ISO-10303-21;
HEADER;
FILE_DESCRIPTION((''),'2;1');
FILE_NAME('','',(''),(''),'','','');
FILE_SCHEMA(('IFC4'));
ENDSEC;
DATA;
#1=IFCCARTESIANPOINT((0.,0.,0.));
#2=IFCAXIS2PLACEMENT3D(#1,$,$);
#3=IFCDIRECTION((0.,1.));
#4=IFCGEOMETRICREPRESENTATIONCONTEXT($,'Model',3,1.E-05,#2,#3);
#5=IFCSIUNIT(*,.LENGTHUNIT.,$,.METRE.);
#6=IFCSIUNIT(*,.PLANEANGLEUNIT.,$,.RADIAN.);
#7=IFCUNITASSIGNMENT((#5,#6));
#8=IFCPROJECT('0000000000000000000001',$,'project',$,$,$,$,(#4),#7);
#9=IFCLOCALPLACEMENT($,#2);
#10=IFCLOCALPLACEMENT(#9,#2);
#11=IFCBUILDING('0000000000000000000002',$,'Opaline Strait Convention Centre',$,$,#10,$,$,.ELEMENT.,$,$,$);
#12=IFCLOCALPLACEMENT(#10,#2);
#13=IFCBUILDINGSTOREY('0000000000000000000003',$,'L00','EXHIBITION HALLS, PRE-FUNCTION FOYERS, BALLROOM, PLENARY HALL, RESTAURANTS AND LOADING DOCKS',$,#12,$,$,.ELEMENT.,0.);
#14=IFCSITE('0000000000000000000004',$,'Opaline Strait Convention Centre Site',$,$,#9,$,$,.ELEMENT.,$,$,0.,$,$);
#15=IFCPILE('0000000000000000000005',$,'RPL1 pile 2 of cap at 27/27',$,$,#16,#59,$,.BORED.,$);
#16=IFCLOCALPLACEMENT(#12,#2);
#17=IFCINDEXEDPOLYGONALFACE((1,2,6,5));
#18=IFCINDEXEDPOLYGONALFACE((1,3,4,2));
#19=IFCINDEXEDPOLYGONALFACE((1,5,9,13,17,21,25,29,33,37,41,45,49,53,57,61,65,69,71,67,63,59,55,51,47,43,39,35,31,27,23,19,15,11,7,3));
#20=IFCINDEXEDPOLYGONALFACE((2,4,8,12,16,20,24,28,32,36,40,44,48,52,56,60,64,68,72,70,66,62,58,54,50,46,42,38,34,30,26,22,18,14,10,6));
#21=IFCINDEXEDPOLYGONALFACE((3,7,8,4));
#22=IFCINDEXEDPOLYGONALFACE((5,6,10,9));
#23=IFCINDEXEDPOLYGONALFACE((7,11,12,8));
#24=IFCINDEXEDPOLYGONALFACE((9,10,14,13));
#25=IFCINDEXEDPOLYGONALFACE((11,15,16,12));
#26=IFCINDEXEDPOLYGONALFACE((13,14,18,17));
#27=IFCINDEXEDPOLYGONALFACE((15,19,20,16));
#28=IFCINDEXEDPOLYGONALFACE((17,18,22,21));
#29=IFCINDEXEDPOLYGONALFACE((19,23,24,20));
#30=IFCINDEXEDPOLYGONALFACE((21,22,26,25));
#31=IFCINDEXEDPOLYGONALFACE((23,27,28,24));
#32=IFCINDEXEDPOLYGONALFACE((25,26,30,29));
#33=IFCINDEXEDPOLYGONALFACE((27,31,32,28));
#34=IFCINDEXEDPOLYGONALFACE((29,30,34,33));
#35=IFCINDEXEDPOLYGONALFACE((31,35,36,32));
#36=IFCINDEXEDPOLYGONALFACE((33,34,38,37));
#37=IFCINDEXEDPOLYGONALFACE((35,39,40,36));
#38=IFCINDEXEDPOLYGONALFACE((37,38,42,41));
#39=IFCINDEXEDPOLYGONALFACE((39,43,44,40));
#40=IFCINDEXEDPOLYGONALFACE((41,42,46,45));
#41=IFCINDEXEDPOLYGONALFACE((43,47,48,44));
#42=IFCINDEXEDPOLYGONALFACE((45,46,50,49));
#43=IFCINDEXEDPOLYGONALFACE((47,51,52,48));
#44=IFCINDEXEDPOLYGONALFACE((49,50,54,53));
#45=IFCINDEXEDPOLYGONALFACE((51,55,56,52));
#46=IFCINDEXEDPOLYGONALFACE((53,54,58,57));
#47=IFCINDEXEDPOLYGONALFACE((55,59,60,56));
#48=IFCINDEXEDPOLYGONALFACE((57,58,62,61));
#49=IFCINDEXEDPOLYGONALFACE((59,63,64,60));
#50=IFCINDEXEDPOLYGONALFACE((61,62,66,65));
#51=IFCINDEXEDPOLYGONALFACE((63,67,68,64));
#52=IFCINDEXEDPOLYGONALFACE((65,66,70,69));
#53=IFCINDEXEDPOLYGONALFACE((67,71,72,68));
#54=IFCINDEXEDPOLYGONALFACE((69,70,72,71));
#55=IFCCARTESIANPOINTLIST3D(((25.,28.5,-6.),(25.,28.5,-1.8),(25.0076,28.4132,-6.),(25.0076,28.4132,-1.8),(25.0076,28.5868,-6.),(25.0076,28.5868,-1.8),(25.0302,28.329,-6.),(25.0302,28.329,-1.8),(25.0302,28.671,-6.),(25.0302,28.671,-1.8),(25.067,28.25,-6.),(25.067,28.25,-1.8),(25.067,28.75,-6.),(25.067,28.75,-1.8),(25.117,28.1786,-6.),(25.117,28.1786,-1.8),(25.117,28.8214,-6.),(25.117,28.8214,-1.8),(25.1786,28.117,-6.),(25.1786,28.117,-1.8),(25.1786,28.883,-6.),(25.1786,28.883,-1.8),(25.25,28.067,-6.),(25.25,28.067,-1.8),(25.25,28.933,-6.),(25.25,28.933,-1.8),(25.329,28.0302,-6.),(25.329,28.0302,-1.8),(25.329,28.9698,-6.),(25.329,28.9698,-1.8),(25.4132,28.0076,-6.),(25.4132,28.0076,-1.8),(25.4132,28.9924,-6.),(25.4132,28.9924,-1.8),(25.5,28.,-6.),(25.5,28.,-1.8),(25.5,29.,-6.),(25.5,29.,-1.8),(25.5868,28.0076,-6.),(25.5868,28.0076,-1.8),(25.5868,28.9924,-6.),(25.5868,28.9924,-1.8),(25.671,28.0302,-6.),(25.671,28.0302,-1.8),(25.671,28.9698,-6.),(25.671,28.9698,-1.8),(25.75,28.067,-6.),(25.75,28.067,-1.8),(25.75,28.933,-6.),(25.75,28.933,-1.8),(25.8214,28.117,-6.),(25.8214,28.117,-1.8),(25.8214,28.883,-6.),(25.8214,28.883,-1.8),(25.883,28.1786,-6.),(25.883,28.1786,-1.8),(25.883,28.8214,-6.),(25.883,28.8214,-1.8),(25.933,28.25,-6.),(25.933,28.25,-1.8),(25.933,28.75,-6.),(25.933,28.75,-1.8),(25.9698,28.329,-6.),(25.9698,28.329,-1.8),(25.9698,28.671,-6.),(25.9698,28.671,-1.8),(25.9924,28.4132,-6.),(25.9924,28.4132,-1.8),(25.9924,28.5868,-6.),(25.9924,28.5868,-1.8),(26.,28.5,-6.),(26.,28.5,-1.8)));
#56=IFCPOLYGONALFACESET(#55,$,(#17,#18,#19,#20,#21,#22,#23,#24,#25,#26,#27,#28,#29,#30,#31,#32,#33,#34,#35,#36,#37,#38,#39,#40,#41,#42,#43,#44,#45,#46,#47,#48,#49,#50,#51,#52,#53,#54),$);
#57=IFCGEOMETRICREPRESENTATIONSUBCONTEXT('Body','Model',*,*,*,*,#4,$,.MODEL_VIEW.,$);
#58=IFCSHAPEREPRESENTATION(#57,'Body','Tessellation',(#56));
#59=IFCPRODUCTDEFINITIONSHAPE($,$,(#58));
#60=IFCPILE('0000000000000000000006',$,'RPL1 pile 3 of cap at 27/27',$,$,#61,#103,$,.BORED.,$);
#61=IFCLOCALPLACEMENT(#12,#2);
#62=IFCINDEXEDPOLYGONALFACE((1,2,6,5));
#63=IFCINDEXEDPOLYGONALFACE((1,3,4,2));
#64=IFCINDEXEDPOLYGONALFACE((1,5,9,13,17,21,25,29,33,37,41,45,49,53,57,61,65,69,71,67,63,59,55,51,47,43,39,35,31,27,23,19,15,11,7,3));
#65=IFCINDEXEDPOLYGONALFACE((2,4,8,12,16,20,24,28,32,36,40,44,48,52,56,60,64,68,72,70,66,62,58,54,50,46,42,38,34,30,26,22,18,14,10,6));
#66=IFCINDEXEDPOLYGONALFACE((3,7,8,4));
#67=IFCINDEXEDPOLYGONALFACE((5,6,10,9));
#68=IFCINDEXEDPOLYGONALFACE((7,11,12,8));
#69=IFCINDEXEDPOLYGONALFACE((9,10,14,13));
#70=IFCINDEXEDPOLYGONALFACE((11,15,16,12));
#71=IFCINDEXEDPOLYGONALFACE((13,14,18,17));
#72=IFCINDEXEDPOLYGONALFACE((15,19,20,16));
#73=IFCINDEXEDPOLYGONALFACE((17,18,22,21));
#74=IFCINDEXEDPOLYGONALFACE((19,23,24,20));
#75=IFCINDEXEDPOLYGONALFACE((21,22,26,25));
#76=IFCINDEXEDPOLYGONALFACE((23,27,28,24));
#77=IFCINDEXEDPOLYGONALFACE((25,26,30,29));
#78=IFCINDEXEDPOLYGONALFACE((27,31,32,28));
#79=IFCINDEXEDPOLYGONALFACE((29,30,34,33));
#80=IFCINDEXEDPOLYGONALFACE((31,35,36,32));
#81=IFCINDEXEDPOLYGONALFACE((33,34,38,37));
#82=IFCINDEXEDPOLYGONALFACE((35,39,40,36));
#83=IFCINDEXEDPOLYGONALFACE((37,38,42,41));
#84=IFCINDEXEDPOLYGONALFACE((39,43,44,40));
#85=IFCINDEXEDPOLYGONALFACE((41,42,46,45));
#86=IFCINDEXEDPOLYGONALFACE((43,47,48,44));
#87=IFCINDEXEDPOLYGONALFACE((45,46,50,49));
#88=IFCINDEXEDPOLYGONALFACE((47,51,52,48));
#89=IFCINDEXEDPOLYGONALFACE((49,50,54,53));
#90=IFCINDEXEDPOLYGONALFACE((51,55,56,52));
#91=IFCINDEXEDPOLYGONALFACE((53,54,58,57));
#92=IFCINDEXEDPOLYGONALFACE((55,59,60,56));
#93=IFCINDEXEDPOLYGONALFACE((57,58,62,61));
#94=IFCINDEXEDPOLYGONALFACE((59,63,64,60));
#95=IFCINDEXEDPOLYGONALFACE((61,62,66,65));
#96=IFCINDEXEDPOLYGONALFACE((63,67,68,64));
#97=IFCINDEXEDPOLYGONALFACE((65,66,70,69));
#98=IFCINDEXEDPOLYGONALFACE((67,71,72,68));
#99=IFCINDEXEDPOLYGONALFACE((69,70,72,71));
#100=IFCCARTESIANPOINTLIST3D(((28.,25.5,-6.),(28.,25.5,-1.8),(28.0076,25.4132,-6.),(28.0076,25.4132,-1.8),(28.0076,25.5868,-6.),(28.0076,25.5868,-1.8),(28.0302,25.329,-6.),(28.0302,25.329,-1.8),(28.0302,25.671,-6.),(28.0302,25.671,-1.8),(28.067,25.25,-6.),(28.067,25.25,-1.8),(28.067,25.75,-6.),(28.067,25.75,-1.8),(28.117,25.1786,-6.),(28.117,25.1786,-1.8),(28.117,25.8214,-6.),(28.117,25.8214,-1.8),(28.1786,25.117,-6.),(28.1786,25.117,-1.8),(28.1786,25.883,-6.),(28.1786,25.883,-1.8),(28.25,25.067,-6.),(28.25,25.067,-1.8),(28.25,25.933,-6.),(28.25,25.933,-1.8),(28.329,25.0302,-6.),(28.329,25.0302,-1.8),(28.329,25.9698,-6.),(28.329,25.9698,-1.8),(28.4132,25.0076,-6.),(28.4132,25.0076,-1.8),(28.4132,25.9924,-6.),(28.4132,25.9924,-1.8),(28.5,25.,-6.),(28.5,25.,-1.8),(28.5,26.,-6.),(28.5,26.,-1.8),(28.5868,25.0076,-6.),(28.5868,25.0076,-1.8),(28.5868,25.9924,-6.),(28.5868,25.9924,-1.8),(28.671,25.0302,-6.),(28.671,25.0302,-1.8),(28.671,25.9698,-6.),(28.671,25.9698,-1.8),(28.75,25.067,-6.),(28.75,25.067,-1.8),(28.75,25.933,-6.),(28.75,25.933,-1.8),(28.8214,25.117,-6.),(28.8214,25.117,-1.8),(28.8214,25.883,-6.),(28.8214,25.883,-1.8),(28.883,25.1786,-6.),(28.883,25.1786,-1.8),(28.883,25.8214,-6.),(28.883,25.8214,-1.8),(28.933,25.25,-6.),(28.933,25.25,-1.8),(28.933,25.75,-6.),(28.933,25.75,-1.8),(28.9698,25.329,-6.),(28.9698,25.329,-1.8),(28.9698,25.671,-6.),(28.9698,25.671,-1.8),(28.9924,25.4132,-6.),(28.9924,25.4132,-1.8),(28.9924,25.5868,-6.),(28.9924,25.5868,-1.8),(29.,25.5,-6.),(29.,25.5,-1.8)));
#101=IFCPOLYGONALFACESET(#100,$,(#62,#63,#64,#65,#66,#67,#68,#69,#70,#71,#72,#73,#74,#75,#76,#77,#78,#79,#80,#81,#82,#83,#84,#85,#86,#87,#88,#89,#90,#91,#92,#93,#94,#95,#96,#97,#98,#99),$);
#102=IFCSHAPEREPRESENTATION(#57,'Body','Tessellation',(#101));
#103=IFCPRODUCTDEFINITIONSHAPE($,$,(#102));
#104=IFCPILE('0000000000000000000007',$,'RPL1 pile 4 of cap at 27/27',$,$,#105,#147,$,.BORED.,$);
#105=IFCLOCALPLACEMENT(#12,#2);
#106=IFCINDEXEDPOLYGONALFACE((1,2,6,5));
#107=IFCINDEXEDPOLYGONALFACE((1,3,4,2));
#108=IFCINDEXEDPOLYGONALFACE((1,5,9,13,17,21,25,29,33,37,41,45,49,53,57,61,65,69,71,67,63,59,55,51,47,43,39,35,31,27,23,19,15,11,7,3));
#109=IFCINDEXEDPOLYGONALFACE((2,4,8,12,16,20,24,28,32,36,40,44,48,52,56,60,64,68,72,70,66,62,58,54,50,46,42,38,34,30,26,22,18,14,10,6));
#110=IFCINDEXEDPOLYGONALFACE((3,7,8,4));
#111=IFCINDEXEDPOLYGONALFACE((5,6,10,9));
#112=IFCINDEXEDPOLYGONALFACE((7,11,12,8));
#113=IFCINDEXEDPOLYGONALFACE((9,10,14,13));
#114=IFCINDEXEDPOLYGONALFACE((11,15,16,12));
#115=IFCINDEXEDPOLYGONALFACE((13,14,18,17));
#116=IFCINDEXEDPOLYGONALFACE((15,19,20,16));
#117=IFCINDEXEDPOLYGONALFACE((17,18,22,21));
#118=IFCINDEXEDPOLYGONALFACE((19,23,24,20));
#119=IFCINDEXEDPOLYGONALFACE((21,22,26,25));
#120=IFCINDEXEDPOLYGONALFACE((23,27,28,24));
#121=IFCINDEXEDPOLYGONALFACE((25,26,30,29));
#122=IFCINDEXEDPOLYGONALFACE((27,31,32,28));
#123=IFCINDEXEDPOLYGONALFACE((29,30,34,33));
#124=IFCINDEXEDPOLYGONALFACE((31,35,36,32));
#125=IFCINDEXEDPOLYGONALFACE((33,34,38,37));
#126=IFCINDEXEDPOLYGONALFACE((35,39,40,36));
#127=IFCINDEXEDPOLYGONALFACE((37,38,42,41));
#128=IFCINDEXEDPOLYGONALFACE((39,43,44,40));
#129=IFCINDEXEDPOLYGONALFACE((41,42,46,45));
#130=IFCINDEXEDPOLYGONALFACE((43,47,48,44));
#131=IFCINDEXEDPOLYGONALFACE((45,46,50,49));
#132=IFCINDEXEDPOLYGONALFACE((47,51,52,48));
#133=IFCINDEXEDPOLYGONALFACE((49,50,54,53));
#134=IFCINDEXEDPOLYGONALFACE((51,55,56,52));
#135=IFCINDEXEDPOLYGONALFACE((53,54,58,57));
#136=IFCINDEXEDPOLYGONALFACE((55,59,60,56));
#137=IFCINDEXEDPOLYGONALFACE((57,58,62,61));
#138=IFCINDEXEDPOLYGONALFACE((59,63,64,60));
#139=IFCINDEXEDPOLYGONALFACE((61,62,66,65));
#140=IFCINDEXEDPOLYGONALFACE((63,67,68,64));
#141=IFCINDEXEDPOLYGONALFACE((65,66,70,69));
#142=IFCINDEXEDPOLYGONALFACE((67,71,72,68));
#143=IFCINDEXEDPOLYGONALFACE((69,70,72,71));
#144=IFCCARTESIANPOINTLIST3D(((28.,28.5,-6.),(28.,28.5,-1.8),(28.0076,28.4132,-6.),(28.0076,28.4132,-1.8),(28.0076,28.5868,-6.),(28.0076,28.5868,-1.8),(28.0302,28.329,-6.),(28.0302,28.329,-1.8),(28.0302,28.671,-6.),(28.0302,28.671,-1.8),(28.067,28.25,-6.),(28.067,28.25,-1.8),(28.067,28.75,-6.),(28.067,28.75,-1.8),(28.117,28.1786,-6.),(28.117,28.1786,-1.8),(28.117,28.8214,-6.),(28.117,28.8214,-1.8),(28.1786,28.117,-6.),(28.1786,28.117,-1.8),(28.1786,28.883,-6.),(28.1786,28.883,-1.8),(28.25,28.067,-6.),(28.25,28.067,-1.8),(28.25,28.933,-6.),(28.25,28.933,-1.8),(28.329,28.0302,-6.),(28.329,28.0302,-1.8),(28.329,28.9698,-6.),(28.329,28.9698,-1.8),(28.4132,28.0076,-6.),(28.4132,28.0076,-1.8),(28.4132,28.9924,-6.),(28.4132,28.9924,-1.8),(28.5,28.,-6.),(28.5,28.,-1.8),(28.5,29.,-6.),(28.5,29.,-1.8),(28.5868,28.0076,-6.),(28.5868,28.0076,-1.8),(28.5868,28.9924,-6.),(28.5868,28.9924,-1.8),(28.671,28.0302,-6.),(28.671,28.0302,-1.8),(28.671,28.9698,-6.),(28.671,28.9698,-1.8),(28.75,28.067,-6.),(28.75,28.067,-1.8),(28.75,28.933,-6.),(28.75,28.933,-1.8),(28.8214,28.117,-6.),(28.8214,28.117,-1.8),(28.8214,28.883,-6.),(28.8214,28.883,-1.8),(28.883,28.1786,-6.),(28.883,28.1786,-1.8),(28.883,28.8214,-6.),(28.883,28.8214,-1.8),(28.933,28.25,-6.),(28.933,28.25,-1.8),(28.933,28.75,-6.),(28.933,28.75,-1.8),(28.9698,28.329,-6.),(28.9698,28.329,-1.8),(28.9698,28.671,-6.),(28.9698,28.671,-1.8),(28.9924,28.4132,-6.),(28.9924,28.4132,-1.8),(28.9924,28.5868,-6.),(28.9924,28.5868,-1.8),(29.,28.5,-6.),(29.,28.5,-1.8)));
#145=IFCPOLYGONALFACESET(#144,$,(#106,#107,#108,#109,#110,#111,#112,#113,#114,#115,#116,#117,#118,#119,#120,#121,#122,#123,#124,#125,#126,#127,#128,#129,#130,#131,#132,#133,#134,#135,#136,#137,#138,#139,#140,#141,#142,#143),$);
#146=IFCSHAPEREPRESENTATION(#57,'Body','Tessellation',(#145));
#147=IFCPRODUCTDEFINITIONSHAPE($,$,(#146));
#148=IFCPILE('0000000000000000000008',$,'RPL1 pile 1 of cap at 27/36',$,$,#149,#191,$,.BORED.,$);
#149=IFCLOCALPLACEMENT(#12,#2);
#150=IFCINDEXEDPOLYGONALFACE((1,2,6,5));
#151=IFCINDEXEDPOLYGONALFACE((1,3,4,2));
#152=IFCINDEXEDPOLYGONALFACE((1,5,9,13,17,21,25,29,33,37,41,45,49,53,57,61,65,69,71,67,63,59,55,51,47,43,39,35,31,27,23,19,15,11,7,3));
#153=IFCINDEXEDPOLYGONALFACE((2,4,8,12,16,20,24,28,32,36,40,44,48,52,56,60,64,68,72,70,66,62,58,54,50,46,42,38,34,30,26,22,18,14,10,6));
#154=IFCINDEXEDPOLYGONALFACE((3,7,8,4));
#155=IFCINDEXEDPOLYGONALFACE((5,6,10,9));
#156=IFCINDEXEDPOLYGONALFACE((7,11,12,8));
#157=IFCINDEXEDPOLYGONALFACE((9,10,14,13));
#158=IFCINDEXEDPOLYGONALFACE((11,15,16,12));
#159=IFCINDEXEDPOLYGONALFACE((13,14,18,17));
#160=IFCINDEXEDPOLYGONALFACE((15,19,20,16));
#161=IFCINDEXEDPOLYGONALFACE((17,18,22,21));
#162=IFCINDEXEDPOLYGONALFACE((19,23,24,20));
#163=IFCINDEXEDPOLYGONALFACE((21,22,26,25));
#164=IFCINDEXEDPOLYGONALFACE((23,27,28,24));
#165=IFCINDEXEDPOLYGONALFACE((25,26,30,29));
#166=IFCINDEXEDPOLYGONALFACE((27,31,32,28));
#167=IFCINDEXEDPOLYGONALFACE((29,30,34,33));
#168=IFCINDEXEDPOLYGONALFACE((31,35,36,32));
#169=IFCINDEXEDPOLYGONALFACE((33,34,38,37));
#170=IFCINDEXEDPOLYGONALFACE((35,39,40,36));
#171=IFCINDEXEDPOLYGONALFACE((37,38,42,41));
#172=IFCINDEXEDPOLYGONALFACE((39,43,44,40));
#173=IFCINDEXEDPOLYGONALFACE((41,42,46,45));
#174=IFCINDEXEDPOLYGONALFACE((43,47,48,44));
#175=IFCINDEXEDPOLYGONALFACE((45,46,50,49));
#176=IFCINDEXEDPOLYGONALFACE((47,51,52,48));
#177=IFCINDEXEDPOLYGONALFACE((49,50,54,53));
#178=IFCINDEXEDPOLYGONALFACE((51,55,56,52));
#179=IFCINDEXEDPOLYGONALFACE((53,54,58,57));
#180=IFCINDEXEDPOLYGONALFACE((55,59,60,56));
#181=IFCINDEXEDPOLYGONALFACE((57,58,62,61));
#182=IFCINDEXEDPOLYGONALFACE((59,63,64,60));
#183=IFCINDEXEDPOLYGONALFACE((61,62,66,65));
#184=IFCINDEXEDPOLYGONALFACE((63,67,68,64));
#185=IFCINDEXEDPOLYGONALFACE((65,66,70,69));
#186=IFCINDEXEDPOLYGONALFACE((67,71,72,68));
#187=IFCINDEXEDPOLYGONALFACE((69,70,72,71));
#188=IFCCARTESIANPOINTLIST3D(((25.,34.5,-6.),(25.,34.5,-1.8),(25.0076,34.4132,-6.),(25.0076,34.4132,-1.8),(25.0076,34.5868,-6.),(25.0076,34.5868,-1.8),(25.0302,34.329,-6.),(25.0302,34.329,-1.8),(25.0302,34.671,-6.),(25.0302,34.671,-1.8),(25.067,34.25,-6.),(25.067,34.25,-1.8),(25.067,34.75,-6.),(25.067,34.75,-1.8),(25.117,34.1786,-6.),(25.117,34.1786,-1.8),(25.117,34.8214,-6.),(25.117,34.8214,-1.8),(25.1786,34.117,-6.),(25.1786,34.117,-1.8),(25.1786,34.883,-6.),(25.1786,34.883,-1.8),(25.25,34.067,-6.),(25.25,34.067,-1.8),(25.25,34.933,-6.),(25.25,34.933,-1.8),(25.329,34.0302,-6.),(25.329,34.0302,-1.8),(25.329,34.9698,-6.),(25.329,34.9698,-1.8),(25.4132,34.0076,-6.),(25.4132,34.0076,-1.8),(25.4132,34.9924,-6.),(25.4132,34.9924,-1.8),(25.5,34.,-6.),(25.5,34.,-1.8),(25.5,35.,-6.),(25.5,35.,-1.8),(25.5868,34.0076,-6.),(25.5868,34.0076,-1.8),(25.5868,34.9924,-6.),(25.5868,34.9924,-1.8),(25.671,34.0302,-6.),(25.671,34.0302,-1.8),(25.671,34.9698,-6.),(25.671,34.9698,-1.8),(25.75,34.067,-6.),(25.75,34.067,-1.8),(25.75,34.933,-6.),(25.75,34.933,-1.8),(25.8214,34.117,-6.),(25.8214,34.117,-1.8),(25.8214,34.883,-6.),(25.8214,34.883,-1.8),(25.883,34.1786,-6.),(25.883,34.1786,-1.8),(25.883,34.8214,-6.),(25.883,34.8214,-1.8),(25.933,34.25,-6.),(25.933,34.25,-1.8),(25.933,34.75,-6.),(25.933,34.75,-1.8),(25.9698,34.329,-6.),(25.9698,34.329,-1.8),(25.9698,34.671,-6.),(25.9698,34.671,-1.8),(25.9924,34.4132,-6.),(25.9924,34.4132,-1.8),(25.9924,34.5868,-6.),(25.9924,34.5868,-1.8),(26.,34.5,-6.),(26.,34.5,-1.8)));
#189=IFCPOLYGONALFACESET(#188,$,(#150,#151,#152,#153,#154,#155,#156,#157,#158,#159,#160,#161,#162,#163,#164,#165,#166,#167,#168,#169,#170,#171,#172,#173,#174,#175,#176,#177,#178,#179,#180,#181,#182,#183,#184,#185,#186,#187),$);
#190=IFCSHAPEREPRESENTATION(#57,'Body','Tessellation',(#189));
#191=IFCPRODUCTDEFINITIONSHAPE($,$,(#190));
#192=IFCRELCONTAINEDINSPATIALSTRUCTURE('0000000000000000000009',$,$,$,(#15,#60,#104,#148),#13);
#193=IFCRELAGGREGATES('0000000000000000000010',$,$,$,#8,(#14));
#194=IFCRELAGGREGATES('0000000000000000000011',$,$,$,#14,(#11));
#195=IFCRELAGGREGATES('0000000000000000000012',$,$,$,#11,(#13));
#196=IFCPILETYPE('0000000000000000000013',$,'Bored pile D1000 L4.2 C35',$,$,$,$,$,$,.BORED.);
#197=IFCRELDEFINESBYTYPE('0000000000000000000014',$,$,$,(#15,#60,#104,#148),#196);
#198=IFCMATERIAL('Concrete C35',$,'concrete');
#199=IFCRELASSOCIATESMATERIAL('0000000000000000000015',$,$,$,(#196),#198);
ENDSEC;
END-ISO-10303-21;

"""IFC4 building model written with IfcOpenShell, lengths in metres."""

from ifc_helpers import new_model, si_unit, direction, frame, origin, origin_2d, place, context, subcontext, project, spatial, circle, extrude, material, material_profile, profile_set, type_object, element, save


model = new_model("IFC4")

# Units and contexts
model_context = context("Model", 3, precision=1e-05, world=origin(), true_north=direction((0.0, 1.0)))
body_context = subcontext(model_context, "Body", "Model", "MODEL_VIEW")
ifc_project = project(units=[si_unit("LENGTHUNIT", "METRE"), si_unit("PLANEANGLEUNIT", "RADIAN")], contexts=[model_context])

# Site, building, storey
site_placement = place(None, origin())
site = spatial("IfcSite", under=ifc_project, at=site_placement, Name="Opaline Strait Convention Centre Site", CompositionType="ELEMENT", RefElevation=0.0)
building_placement = place(site_placement, origin())
building = spatial("IfcBuilding", under=site, at=building_placement, Name="Opaline Strait Convention Centre", CompositionType="ELEMENT")
storey_placement = place(building_placement, origin())
storey = spatial("IfcBuildingStorey", under=building, at=storey_placement, Name="L00", Description="EXHIBITION HALLS, PRE-FUNCTION FOYERS, BALLROOM, PLENARY HALL, RESTAURANTS AND LOADING DOCKS", CompositionType="ELEMENT", Elevation=0.0)

# Piles
ifc_material_1 = material(Name="Concrete C35", Category="concrete")
ifc_material_profile_1 = material_profile(ifc_material_1, circle(Radius=0.5, at=origin_2d()), Name="D1000")
ifc_profile_set_1 = profile_set([ifc_material_profile_1], Name="Concrete C35")
pile_type = type_object("IfcPileType", Name="Bored pile D1000 L4.2 C35", PredefinedType="BORED", material=ifc_profile_set_1)
for number, where, z_axis, x_axis, name in (
    (1, (25.5, 28.5, -1.8), (0.0, 0.0, -1.0), (1.0, 0.0, 0.0), "RPL1 pile 2 of cap at 27/27"),
    (2, (28.5, 25.5, -1.8), (0.0, 0.0, -1.0), (1.0, 0.0, 0.0), "RPL1 pile 3 of cap at 27/27"),
    (3, (28.5, 28.5, -1.8), (0.0, 0.0, -1.0), (1.0, 0.0, 0.0), "RPL1 pile 4 of cap at 27/27"),
    (4, (25.5, 34.5, -1.8), (0.0, 0.0, -1.0), (1.0, 0.0, 0.0), "RPL1 pile 1 of cap at 27/36"),
):
    element("IfcPile", number, at=place(storey_placement, frame(where, z_axis=z_axis, x_axis=x_axis)), inside=storey, type_object=pile_type, Name=name, PredefinedType="BORED", context=body_context, shape_type="SweptSolid", body=[
        extrude(circle(Radius=0.5, at=origin_2d()), origin(), (0.0, 0.0, 1.0), 4.2),
    ])

save(model, "model.ifc")
